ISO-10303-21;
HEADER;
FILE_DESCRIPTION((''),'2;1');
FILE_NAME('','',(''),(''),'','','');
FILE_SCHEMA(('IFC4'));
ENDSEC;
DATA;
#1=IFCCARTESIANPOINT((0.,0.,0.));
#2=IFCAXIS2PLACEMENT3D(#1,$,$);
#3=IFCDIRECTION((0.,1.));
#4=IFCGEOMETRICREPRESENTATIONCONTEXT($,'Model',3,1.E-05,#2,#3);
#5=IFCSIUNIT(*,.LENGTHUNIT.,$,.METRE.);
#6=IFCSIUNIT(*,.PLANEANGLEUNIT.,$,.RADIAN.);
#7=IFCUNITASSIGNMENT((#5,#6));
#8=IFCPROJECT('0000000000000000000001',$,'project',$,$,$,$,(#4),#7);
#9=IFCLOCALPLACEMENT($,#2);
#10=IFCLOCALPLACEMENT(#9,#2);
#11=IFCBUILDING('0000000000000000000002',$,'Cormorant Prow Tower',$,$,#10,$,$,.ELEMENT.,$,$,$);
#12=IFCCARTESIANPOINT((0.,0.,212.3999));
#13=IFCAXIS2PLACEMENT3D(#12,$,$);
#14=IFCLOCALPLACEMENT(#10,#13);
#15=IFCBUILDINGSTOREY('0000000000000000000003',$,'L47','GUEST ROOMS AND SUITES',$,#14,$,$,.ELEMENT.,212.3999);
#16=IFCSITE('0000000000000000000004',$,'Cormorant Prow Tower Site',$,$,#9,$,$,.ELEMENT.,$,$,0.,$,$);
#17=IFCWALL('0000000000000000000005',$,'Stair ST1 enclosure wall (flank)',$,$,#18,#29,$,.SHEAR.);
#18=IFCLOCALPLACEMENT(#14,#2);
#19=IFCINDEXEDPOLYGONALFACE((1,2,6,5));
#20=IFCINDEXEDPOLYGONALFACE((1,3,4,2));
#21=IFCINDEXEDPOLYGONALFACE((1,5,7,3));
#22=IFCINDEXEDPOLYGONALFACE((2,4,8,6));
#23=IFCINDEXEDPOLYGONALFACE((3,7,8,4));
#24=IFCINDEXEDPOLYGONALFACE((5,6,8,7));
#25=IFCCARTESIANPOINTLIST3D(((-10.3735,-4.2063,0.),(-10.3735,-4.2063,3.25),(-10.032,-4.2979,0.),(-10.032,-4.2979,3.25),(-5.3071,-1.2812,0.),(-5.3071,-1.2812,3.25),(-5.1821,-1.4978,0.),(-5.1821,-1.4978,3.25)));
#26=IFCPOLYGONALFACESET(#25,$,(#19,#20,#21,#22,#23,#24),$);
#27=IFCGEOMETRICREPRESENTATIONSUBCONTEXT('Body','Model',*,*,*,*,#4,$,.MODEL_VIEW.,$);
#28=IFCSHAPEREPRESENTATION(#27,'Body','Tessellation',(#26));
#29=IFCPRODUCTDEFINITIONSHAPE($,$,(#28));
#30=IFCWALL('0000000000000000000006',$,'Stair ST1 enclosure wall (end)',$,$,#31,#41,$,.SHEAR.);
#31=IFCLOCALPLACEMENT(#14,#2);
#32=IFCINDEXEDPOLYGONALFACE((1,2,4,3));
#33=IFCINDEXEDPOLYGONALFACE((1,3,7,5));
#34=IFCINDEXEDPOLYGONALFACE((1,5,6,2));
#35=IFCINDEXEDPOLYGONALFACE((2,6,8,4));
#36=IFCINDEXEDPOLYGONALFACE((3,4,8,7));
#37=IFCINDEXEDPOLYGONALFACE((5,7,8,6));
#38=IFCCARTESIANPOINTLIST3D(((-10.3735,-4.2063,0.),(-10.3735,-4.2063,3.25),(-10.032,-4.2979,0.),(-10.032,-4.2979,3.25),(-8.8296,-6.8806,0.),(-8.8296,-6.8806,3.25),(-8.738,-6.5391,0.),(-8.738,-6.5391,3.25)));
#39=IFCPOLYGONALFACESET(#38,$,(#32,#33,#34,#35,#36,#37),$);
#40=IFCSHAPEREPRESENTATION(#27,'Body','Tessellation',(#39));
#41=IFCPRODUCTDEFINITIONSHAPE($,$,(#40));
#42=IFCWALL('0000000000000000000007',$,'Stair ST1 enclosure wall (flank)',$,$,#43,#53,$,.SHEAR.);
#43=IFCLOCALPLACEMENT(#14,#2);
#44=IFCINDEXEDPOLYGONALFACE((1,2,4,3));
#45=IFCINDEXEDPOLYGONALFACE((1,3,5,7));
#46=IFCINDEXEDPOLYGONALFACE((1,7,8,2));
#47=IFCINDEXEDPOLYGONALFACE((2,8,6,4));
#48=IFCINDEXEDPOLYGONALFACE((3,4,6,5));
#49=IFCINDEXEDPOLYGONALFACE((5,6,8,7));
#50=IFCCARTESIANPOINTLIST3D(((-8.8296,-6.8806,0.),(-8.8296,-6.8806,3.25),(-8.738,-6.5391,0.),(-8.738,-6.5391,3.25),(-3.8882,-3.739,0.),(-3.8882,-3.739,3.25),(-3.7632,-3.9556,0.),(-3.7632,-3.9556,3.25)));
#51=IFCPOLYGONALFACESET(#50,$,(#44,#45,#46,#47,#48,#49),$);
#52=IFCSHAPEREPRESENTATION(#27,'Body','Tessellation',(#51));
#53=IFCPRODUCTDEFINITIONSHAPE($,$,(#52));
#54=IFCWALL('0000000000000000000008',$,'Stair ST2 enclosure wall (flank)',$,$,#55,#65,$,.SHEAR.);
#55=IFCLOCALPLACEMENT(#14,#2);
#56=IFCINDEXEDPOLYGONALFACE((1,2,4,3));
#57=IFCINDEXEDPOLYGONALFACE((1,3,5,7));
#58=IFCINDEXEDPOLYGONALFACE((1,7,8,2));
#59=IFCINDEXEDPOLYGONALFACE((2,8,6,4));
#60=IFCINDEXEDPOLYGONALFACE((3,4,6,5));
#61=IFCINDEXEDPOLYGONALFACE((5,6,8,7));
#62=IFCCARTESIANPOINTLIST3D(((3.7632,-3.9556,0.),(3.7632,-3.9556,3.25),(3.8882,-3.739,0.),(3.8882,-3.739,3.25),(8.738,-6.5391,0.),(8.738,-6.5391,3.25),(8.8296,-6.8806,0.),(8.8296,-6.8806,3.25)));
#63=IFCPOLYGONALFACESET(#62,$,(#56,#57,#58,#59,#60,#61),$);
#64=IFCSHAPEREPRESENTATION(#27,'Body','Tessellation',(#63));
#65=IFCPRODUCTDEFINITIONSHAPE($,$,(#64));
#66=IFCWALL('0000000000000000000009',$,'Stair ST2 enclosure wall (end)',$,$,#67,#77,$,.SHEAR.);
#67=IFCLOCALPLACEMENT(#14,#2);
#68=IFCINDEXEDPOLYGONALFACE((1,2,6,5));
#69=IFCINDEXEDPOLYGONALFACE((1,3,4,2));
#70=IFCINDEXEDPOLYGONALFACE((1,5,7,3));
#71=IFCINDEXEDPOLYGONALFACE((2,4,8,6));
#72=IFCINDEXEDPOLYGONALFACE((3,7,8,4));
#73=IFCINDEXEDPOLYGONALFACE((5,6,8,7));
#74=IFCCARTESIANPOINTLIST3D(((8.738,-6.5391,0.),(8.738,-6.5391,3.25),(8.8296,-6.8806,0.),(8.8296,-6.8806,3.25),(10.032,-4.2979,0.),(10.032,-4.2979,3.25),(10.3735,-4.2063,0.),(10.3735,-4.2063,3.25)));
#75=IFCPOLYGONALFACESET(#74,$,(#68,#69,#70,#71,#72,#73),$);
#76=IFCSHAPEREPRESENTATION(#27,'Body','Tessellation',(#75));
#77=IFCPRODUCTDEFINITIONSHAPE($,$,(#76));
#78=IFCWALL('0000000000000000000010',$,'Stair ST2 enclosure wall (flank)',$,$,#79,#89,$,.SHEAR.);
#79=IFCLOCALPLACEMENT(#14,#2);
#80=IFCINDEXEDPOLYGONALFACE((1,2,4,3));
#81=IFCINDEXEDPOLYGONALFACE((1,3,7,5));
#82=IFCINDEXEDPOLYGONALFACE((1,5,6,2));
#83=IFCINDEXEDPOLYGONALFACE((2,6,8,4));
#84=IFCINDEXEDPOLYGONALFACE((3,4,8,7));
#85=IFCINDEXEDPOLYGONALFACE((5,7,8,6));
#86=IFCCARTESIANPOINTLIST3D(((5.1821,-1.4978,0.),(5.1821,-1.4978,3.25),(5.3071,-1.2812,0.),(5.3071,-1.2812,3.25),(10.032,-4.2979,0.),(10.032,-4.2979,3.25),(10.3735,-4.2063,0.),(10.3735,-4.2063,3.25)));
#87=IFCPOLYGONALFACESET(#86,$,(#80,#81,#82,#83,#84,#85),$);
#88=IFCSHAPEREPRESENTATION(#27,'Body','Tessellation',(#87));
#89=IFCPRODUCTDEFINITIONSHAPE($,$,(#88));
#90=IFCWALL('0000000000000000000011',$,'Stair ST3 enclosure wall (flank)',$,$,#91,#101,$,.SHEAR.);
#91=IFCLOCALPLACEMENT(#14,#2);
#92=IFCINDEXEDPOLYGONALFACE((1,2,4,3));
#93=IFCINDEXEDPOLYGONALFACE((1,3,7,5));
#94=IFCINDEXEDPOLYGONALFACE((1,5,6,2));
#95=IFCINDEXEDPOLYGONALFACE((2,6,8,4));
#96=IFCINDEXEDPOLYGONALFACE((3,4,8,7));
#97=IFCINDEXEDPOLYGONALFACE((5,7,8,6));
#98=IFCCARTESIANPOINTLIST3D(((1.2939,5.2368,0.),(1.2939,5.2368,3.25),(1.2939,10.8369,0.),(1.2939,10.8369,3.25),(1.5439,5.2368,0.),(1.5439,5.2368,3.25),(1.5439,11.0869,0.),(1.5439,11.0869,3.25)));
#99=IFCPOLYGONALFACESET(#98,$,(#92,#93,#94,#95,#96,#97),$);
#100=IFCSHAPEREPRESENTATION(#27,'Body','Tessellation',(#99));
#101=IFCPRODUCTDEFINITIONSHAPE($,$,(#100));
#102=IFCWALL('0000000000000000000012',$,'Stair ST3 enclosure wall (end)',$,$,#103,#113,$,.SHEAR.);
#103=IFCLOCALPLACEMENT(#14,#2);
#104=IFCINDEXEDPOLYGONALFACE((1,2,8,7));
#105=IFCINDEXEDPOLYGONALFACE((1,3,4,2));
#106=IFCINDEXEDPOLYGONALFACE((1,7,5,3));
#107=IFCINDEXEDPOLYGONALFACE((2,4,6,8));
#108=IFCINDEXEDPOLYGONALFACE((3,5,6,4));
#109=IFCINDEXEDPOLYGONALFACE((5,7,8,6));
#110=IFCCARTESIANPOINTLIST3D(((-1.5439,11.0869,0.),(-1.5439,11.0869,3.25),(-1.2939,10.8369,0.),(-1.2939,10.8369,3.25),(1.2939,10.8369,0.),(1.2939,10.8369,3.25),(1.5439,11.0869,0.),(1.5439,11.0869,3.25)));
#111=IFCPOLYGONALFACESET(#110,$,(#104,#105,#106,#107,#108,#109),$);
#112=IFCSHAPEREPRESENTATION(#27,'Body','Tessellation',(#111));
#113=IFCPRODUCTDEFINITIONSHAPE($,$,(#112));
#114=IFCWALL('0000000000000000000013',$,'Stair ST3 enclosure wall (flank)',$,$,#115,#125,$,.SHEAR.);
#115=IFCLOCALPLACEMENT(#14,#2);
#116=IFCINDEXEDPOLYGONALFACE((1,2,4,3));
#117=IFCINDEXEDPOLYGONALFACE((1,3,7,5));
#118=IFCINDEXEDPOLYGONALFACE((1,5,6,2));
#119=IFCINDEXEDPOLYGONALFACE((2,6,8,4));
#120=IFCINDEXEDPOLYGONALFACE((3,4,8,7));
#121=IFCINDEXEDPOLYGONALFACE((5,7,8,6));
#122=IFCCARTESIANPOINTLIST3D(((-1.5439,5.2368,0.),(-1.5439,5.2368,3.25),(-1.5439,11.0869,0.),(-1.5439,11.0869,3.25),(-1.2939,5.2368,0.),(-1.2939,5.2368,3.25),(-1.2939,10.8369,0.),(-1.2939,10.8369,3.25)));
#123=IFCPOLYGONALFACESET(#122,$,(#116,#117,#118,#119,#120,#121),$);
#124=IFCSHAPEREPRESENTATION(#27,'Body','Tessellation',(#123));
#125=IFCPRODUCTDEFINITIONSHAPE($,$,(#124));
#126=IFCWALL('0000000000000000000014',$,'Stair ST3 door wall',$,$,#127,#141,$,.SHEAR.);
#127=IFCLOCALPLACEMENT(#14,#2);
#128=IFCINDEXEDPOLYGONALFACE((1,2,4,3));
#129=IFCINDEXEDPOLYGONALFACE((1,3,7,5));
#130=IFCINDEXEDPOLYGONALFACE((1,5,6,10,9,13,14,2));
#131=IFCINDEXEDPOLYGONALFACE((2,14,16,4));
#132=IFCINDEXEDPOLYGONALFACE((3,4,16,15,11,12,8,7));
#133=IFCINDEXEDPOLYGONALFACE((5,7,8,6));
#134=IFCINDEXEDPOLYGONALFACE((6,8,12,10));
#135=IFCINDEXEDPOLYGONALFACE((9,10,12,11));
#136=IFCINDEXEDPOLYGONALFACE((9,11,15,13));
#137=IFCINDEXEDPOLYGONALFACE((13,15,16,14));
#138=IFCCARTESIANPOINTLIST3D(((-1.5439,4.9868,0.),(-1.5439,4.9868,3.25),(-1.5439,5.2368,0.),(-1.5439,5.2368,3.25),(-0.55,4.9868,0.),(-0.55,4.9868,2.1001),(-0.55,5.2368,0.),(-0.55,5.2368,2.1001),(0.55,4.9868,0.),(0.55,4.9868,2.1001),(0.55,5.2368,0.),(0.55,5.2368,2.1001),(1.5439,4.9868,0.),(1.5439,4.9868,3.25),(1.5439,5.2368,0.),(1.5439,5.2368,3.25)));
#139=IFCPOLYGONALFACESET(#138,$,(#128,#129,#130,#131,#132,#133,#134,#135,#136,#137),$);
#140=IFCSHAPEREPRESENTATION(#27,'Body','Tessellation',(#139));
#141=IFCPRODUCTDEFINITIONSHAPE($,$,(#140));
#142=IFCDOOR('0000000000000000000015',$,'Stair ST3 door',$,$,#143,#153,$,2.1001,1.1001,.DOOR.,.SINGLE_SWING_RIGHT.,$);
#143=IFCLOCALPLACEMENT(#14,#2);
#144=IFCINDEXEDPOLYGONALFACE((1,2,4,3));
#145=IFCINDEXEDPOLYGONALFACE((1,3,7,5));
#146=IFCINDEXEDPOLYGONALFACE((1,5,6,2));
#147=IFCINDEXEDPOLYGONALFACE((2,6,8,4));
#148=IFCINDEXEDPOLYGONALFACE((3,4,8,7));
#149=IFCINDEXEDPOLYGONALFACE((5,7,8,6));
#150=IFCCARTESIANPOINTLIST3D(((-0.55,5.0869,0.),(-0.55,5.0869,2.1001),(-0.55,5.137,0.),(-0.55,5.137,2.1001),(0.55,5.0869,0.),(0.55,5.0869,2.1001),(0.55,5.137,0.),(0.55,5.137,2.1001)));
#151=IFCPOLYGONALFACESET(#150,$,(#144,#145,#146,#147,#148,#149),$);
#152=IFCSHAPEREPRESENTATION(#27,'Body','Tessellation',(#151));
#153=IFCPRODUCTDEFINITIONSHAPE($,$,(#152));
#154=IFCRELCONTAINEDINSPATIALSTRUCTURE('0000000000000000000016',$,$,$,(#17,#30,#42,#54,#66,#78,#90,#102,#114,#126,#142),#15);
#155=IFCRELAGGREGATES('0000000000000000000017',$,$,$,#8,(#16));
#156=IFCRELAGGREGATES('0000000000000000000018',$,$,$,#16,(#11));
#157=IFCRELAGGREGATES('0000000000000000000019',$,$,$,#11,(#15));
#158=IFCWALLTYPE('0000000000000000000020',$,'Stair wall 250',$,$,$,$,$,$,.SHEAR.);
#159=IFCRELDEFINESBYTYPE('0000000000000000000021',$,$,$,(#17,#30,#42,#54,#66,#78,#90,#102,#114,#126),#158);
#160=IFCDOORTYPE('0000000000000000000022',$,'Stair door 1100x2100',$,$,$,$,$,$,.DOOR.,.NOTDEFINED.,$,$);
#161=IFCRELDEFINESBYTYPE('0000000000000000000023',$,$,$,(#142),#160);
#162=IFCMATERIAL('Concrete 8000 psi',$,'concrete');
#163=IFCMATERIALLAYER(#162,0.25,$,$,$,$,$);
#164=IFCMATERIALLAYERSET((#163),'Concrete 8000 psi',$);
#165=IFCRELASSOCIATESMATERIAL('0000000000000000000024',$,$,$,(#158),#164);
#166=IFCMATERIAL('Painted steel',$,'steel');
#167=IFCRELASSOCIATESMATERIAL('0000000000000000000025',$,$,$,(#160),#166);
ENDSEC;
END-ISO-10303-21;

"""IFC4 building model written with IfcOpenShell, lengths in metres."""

from ifc_helpers import new_model, si_unit, direction, frame, frame_2d, origin, place, context, subcontext, project, spatial, polyline, rectangle, outline, extrude, material, layer, layer_set, type_object, element, fill, save


model = new_model("IFC4")

# Units and contexts
model_context = context("Model", 3, precision=1e-05, world=origin(), true_north=direction((0.0, 1.0)))
body_context = subcontext(model_context, "Body", "Model", "MODEL_VIEW")
ifc_project = project(units=[si_unit("LENGTHUNIT", "METRE"), si_unit("PLANEANGLEUNIT", "RADIAN")], contexts=[model_context])

# Site, building, storey
site_placement = place(None, origin())
site = spatial("IfcSite", under=ifc_project, at=site_placement, Name="Cormorant Prow Tower Site", CompositionType="ELEMENT", RefElevation=0.0)
building_placement = place(site_placement, origin())
building = spatial("IfcBuilding", under=site, at=building_placement, Name="Cormorant Prow Tower", CompositionType="ELEMENT")
storey_placement = place(building_placement, frame((0.0, 0.0, 212.3999)))
storey = spatial("IfcBuildingStorey", under=building, at=storey_placement, Name="L47", Description="GUEST ROOMS AND SUITES", CompositionType="ELEMENT", Elevation=212.3999)

# Walls
ifc_material_1 = material(Name="Concrete 8000 psi", Category="concrete")
ifc_layer_1 = layer(ifc_material_1, 0.25)
ifc_layer_set_1 = layer_set([ifc_layer_1], Name="Concrete 8000 psi")
wall_type_1 = type_object("IfcWallType", Name="Stair wall 250", PredefinedType="SHEAR", material=ifc_layer_set_1)
wall_1_placement = place(storey_placement, origin())
element("IfcWall", 1, at=wall_1_placement, inside=storey, type_object=wall_type_1, Name="Stair ST1 enclosure wall (flank)", PredefinedType="SHEAR", context=body_context, shape_type="SweptSolid", body=[
    extrude(outline(polyline([(-5.3071, -1.2812), (-10.3735, -4.2063), (-10.032, -4.2979), (-5.1821, -1.4978), (-5.3071, -1.2812)])), origin(), (0.0, 0.0, 1.0), 3.25),
])
wall_2_placement = place(storey_placement, origin())
element("IfcWall", 2, at=wall_2_placement, inside=storey, type_object=wall_type_1, Name="Stair ST1 enclosure wall (end)", PredefinedType="SHEAR", context=body_context, shape_type="SweptSolid", body=[
    extrude(outline(polyline([(-10.3735, -4.2063), (-8.8296, -6.8806), (-8.738, -6.5391), (-10.032, -4.2979), (-10.3735, -4.2063)])), origin(), (0.0, 0.0, 1.0), 3.25),
])
wall_3_placement = place(storey_placement, origin())
element("IfcWall", 3, at=wall_3_placement, inside=storey, type_object=wall_type_1, Name="Stair ST1 enclosure wall (flank)", PredefinedType="SHEAR", context=body_context, shape_type="SweptSolid", body=[
    extrude(outline(polyline([(-8.738, -6.5391), (-8.8296, -6.8806), (-3.7632, -3.9556), (-3.8882, -3.739), (-8.738, -6.5391)])), origin(), (0.0, 0.0, 1.0), 3.25),
])
wall_4_placement = place(storey_placement, origin())
element("IfcWall", 4, at=wall_4_placement, inside=storey, type_object=wall_type_1, Name="Stair ST2 enclosure wall (flank)", PredefinedType="SHEAR", context=body_context, shape_type="SweptSolid", body=[
    extrude(outline(polyline([(3.7632, -3.9556), (8.8296, -6.8806), (8.738, -6.5391), (3.8882, -3.739), (3.7632, -3.9556)])), origin(), (0.0, 0.0, 1.0), 3.25),
])
wall_5_placement = place(storey_placement, origin())
element("IfcWall", 5, at=wall_5_placement, inside=storey, type_object=wall_type_1, Name="Stair ST2 enclosure wall (end)", PredefinedType="SHEAR", context=body_context, shape_type="SweptSolid", body=[
    extrude(outline(polyline([(8.8296, -6.8806), (10.3735, -4.2063), (10.032, -4.2979), (8.738, -6.5391), (8.8296, -6.8806)])), origin(), (0.0, 0.0, 1.0), 3.25),
])
wall_6_placement = place(storey_placement, origin())
element("IfcWall", 6, at=wall_6_placement, inside=storey, type_object=wall_type_1, Name="Stair ST2 enclosure wall (flank)", PredefinedType="SHEAR", context=body_context, shape_type="SweptSolid", body=[
    extrude(outline(polyline([(10.032, -4.2979), (10.3735, -4.2063), (5.3071, -1.2812), (5.1821, -1.4978), (10.032, -4.2979)])), origin(), (0.0, 0.0, 1.0), 3.25),
])
wall_7_placement = place(storey_placement, origin())
element("IfcWall", 7, at=wall_7_placement, inside=storey, type_object=wall_type_1, Name="Stair ST3 enclosure wall (flank)", PredefinedType="SHEAR", context=body_context, shape_type="SweptSolid", body=[
    extrude(outline(polyline([(1.5439, 5.2368), (1.5439, 11.0869), (1.2939, 10.8369), (1.2939, 5.2368), (1.5439, 5.2368)])), origin(), (0.0, 0.0, 1.0), 3.25),
])
wall_8_placement = place(storey_placement, origin())
element("IfcWall", 8, at=wall_8_placement, inside=storey, type_object=wall_type_1, Name="Stair ST3 enclosure wall (end)", PredefinedType="SHEAR", context=body_context, shape_type="SweptSolid", body=[
    extrude(outline(polyline([(1.5439, 11.0869), (-1.5439, 11.0869), (-1.2939, 10.8369), (1.2939, 10.8369), (1.5439, 11.0869)])), origin(), (0.0, 0.0, 1.0), 3.25),
])
wall_9_placement = place(storey_placement, origin())
element("IfcWall", 9, at=wall_9_placement, inside=storey, type_object=wall_type_1, Name="Stair ST3 enclosure wall (flank)", PredefinedType="SHEAR", context=body_context, shape_type="SweptSolid", body=[
    extrude(outline(polyline([(-1.2939, 10.8369), (-1.5439, 11.0869), (-1.5439, 5.2368), (-1.2939, 5.2368), (-1.2939, 10.8369)])), origin(), (0.0, 0.0, 1.0), 3.25),
])

# Wall, opening, door
wall_10_placement = place(storey_placement, frame((1.5439, 5.1118, 0.0), z_axis=(0.0, 0.0, 1.0), x_axis=(-1.0, 0.0, 0.0)))
wall_10 = element("IfcWall", 10, at=wall_10_placement, inside=storey, type_object=wall_type_1, Name="Stair ST3 door wall", PredefinedType="SHEAR", context=body_context, shape_type="SweptSolid", body=[
    extrude(rectangle(XDim=3.0879, YDim=0.25, at=frame_2d((1.5439, 0.0))), origin(), (0.0, 0.0, 1.0), 3.25),
])
opening_placement = place(wall_10_placement, frame((0.9939, 0.0, 0.0)))
opening = element("IfcOpeningElement", 11, at=opening_placement, cuts=wall_10, PredefinedType="OPENING", context=body_context, shape_type="SweptSolid", body=[
    extrude(rectangle(XDim=1.1001, YDim=2.1001, at=frame_2d((0.55, 1.05))), frame((0.0, 0.135, 0.0), z_axis=(0.0, -1.0, 0.0), x_axis=(1.0, 0.0, 0.0)), (0.0, 0.0, 1.0), 0.27),
])
ifc_material_2 = material(Name="Painted steel", Category="steel")
door_type = type_object("IfcDoorType", Name="Stair door 1100x2100", OperationType="NOTDEFINED", PredefinedType="DOOR", material=ifc_material_2)
door_placement = place(opening_placement, origin())
door = element("IfcDoor", 12, at=door_placement, inside=storey, type_object=door_type, Name="Stair ST3 door", OperationType="SINGLE_SWING_RIGHT", OverallHeight=2.1001, OverallWidth=1.1001, PredefinedType="DOOR", context=body_context, shape_type="SweptSolid", body=[
    extrude(rectangle(XDim=1.1001, YDim=2.1001, at=frame_2d((0.55, 1.05))), frame((0.0, 0.0249, 0.0), z_axis=(0.0, -1.0, 0.0), x_axis=(1.0, 0.0, 0.0)), (0.0, 0.0, 1.0), 0.05),
])
fill(opening, door)

save(model, "model.ifc")
